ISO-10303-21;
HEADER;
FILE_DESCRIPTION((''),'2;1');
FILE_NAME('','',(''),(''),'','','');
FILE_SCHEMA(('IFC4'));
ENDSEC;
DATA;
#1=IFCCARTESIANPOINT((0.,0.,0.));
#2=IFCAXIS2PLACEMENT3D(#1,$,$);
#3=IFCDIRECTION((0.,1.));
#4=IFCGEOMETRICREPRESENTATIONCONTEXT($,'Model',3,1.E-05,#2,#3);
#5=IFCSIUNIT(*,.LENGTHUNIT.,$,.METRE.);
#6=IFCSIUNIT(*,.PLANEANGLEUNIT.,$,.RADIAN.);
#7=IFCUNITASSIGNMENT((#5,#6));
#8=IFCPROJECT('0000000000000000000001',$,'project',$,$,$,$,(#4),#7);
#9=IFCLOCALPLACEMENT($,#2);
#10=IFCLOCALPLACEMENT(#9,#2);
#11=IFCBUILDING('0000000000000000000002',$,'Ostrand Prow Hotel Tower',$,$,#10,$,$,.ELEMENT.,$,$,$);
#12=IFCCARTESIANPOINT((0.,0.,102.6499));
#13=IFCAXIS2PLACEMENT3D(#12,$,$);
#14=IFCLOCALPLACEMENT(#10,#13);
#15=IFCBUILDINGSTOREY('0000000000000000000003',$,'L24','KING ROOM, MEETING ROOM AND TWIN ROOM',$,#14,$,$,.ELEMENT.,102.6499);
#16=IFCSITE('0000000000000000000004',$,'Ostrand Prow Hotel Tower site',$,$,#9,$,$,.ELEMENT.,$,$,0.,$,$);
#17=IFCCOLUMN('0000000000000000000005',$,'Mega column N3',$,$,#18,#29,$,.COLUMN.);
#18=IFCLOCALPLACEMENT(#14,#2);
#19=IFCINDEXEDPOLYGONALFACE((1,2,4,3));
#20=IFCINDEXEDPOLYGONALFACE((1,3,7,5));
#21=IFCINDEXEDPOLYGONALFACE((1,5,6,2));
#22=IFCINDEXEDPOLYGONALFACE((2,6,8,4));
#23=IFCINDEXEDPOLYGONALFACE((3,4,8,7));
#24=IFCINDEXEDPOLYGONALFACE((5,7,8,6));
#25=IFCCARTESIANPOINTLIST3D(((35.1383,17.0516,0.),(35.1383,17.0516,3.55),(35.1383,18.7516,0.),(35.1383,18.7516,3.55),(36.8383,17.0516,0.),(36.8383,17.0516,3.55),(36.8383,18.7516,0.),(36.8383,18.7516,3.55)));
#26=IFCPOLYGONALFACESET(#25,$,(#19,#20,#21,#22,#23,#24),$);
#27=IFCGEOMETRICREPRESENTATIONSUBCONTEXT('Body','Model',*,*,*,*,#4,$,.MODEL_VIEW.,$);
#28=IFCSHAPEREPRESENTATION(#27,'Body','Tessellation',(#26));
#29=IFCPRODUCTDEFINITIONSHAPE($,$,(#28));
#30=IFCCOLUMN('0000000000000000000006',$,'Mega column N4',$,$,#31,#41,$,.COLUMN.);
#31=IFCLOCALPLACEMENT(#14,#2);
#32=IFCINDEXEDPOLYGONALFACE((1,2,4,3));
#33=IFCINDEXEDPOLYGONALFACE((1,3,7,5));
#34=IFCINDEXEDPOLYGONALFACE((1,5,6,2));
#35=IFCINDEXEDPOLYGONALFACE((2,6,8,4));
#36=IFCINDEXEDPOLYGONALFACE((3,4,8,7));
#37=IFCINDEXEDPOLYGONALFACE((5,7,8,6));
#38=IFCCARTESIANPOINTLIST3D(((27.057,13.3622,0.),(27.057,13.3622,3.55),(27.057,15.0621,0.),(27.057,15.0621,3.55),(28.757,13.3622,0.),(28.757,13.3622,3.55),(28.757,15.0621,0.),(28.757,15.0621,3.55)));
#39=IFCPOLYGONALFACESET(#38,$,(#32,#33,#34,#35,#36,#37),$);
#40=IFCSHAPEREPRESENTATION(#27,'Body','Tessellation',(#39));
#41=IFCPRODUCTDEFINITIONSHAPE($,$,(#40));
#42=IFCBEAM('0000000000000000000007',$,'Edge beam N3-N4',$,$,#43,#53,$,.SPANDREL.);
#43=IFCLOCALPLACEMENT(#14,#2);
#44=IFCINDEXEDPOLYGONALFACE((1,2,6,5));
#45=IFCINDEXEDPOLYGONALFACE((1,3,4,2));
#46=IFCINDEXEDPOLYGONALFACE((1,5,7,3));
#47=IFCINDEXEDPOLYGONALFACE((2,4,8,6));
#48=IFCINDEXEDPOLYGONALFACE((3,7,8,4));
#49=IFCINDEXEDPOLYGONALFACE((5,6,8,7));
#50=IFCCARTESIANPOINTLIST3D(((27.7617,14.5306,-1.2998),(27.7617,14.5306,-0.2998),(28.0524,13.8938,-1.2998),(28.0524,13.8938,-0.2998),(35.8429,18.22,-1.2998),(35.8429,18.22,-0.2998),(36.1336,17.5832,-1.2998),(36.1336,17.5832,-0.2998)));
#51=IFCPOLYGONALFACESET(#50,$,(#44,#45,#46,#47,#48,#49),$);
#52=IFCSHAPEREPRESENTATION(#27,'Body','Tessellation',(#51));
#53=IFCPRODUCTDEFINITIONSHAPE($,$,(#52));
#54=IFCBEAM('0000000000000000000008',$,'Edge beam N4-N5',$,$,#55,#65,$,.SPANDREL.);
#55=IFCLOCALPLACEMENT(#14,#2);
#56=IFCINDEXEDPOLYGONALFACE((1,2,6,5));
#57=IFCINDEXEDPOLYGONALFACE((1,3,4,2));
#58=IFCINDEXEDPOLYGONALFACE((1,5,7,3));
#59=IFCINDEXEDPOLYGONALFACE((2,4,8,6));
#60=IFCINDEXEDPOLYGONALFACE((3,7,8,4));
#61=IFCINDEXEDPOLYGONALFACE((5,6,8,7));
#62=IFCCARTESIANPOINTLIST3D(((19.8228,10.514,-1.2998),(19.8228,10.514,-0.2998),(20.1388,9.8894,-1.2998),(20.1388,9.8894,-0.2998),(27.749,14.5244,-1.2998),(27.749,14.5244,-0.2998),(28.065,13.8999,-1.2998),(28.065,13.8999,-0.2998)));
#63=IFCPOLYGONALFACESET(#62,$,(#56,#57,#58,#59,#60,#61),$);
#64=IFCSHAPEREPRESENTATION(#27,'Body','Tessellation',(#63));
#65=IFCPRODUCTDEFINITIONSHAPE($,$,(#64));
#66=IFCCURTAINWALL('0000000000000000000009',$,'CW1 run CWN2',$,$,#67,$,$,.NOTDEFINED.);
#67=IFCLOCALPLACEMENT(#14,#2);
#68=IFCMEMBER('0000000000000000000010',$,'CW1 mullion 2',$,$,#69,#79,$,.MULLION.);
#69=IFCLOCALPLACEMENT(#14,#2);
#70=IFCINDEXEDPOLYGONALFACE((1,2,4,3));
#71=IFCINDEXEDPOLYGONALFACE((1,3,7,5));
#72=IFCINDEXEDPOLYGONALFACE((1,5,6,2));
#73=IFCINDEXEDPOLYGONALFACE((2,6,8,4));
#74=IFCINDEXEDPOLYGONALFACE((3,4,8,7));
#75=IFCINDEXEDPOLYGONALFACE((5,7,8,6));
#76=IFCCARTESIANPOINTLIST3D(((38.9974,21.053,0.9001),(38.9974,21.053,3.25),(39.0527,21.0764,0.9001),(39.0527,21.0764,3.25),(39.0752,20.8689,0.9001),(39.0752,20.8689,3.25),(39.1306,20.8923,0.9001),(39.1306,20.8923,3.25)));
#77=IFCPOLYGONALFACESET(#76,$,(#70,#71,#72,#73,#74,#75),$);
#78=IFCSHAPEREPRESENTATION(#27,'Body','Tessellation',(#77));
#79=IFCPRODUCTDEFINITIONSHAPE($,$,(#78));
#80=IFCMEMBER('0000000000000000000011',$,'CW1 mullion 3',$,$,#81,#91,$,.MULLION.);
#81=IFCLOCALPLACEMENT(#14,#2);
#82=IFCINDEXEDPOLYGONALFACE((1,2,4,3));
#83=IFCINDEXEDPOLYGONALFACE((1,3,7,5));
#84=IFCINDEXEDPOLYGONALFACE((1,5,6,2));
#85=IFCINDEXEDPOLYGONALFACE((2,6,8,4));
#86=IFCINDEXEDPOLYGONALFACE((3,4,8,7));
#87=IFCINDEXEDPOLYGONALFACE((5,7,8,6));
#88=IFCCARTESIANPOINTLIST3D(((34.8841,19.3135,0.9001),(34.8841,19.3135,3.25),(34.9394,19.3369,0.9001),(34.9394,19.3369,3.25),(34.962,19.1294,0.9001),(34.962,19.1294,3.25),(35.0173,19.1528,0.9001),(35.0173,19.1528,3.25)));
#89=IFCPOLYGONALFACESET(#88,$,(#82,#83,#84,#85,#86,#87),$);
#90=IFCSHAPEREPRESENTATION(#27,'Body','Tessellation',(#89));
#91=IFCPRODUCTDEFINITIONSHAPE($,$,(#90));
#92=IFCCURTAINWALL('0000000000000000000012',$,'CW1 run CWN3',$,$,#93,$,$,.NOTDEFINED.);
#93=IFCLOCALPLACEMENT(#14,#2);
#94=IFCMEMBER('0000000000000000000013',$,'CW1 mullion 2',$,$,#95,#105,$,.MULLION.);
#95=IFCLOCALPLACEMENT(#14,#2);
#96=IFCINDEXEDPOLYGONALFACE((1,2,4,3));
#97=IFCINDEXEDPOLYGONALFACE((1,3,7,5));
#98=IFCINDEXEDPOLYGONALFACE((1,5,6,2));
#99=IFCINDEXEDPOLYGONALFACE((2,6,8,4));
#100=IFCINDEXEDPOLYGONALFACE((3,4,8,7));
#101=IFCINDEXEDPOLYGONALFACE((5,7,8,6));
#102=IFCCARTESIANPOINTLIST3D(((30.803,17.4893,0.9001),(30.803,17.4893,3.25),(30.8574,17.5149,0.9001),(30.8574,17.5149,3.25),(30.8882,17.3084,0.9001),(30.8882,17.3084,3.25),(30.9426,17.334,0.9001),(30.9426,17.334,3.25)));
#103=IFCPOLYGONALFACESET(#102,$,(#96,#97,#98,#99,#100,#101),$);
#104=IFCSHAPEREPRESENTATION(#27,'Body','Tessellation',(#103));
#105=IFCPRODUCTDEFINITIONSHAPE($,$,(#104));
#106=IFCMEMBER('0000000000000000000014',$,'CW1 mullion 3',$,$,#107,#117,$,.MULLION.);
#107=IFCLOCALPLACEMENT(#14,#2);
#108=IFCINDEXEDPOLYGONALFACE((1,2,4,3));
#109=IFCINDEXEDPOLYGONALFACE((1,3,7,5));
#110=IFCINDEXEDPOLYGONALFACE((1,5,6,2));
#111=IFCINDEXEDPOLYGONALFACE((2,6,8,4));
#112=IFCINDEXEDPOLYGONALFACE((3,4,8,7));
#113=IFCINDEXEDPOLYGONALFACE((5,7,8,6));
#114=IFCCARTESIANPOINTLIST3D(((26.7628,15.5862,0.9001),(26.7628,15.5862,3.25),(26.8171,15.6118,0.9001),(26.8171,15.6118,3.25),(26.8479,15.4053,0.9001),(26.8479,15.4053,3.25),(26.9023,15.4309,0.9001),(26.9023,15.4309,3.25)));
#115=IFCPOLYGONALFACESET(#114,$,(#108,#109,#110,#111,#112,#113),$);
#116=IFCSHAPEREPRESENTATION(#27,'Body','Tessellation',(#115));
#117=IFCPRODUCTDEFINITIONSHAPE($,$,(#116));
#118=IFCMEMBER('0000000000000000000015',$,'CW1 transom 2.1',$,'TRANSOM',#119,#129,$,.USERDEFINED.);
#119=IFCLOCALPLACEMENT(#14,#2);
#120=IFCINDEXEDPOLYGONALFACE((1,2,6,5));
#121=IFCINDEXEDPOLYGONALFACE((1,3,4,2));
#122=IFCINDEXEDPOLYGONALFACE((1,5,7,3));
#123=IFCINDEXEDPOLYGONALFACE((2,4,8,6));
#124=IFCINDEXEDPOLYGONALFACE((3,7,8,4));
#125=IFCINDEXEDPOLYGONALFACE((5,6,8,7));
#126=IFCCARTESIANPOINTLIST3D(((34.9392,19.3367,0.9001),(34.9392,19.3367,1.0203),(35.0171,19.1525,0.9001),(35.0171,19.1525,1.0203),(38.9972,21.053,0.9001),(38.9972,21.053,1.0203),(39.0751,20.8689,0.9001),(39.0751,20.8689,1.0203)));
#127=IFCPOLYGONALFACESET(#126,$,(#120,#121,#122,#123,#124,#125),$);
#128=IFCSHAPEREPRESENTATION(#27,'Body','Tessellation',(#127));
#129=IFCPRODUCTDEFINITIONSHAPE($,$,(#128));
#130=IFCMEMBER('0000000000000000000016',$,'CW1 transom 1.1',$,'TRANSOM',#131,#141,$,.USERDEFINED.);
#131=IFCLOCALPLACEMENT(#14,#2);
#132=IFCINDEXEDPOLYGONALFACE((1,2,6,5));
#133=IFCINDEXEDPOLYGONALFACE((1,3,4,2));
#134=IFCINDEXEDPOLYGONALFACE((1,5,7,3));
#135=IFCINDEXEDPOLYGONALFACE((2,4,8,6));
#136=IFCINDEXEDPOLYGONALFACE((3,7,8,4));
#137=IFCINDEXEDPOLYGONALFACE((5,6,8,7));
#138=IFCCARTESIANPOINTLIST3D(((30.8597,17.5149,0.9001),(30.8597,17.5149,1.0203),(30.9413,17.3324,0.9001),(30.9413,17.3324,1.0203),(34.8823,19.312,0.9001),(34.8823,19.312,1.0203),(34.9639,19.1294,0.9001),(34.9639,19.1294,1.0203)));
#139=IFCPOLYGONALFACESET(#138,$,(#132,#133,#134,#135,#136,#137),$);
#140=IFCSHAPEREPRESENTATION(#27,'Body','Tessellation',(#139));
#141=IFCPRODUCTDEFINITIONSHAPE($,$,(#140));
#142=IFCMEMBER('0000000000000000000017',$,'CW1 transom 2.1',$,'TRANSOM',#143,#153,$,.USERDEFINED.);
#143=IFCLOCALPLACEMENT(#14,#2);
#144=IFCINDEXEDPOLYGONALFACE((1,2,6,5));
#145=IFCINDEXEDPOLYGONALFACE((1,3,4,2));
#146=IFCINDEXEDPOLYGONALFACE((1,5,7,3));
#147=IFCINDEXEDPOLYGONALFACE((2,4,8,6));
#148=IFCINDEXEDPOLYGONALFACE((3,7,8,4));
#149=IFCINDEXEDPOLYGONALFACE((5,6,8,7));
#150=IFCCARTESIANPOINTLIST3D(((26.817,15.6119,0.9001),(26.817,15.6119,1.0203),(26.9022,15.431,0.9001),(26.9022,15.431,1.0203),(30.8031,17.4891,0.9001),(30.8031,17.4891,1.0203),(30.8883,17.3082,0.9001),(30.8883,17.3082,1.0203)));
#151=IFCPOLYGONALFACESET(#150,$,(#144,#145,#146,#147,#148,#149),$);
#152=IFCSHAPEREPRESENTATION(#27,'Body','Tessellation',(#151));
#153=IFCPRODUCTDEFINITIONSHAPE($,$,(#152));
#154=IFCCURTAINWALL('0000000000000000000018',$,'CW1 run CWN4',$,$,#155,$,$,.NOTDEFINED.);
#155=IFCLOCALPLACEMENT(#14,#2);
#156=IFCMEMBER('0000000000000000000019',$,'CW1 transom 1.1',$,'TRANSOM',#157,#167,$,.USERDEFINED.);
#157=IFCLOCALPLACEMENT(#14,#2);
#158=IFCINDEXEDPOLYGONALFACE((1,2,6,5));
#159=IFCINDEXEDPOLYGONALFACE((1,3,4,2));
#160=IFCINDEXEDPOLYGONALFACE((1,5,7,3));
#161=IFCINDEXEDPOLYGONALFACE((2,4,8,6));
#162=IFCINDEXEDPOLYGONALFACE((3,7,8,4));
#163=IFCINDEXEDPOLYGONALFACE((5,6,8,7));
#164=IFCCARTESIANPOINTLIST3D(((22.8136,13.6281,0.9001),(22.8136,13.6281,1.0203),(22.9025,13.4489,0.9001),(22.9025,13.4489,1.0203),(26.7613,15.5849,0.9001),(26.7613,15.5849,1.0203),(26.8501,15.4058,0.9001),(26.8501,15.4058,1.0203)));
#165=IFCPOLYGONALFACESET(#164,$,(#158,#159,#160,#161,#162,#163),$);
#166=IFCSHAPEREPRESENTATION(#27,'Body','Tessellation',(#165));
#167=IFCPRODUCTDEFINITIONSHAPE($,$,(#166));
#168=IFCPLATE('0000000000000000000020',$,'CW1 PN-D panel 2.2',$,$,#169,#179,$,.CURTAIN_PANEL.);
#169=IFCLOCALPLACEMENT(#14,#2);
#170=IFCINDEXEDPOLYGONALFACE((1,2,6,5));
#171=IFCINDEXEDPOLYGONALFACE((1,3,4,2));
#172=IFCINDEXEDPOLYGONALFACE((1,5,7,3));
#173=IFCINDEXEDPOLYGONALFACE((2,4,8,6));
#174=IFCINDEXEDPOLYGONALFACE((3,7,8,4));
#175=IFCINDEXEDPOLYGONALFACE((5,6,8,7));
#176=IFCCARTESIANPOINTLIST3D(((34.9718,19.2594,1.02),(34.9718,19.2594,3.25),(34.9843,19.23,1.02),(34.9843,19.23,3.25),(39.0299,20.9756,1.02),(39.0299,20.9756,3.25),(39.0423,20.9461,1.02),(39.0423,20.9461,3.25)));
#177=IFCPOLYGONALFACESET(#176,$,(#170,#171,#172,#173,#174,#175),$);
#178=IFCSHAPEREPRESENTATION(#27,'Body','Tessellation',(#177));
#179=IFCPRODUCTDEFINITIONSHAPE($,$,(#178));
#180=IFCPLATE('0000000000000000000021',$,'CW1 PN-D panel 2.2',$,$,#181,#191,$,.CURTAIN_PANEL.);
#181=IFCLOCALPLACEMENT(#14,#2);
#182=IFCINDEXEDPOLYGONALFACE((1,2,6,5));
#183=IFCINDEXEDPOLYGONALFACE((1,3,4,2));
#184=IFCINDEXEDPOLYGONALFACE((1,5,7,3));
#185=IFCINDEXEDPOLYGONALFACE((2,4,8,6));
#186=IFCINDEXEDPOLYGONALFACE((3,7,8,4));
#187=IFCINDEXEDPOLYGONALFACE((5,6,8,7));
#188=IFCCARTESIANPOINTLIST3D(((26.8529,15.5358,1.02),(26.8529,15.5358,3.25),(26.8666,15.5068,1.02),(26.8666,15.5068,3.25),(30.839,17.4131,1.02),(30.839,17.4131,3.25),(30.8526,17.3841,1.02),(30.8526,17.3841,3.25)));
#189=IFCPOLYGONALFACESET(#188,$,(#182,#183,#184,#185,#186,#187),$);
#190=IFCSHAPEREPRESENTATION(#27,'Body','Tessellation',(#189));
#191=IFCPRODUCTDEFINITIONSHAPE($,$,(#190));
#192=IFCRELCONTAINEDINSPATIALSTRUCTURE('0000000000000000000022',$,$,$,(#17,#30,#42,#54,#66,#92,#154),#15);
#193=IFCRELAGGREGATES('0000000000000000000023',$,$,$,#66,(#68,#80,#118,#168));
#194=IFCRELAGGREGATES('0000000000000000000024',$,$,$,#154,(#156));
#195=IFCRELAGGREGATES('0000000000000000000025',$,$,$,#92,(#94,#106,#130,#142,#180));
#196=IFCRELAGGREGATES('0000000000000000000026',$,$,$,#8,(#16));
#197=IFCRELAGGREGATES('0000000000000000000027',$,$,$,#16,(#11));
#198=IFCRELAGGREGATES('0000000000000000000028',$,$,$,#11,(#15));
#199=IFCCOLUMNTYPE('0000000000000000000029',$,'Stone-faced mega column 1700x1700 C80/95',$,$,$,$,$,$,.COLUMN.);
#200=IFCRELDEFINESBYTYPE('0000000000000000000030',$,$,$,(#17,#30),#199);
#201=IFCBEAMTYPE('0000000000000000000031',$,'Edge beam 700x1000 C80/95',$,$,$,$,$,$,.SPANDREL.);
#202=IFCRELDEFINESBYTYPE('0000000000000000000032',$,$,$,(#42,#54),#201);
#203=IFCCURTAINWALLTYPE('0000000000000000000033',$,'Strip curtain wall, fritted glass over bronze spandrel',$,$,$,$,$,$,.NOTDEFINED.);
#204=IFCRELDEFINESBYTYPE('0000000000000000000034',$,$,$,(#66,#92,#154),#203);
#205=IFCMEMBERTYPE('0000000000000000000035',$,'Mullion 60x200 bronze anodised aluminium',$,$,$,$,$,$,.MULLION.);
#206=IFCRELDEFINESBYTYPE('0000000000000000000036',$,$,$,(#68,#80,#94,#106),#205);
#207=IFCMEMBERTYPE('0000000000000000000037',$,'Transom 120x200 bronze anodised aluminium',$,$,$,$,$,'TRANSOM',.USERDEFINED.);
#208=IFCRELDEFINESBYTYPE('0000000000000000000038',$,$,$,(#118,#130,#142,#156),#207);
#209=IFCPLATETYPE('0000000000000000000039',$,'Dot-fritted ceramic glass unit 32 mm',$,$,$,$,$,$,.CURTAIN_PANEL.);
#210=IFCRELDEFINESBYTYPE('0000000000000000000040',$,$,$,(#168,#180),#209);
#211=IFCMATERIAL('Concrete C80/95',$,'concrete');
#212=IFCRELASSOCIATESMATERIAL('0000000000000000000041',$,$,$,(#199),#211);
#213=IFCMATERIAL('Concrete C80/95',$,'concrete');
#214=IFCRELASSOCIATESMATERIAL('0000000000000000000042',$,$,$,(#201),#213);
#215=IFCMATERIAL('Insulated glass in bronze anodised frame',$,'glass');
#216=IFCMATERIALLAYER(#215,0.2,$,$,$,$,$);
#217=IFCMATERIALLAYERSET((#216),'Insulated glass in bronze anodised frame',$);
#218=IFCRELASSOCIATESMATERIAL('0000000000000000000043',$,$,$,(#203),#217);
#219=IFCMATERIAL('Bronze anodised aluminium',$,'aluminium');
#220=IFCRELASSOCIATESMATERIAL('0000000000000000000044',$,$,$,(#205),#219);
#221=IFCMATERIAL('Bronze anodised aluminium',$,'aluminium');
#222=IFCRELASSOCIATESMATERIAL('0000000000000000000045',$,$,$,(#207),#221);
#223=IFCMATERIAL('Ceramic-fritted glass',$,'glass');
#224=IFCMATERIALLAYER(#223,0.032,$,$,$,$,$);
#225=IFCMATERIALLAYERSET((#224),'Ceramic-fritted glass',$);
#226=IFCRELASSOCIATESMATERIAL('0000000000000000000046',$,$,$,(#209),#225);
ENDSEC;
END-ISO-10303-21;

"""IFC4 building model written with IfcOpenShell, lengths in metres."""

from ifc_helpers import new_model, si_unit, direction, frame, origin, origin_2d, place, context, subcontext, project, spatial, rectangle, extrude, material, layer, layer_set, material_profile, profile_set, type_object, element, aggregate, save


model = new_model("IFC4")

# Units and contexts
model_context = context("Model", 3, precision=1e-05, world=origin(), true_north=direction((0.0, 1.0)))
body_context = subcontext(model_context, "Body", "Model", "MODEL_VIEW")
ifc_project = project(units=[si_unit("LENGTHUNIT", "METRE"), si_unit("PLANEANGLEUNIT", "RADIAN")], contexts=[model_context])

# Site, building, storey
site_placement = place(None, origin())
site = spatial("IfcSite", under=ifc_project, at=site_placement, Name="Ostrand Prow Hotel Tower site", CompositionType="ELEMENT", RefElevation=0.0)
building_placement = place(site_placement, origin())
building = spatial("IfcBuilding", under=site, at=building_placement, Name="Ostrand Prow Hotel Tower", CompositionType="ELEMENT")
storey_placement = place(building_placement, frame((0.0, 0.0, 102.6499)))
storey = spatial("IfcBuildingStorey", under=building, at=storey_placement, Name="L24", Description="KING ROOM, MEETING ROOM AND TWIN ROOM", CompositionType="ELEMENT", Elevation=102.6499)

# Columns
ifc_material_1 = material(Name="Concrete C80/95", Category="concrete")
ifc_material_profile_1 = material_profile(ifc_material_1, rectangle(XDim=1.7, YDim=1.7, at=origin_2d()), Name="RC 1700x1700")
ifc_profile_set_1 = profile_set([ifc_material_profile_1], Name="Concrete C80/95")
column_type = type_object("IfcColumnType", Name="Stone-faced mega column 1700x1700 C80/95", PredefinedType="COLUMN", material=ifc_profile_set_1)
for number, where, z_axis, x_axis, name in (
    (1, (35.9883, 17.9016, 0.0), (0.0, 0.0, 1.0), (1.0, 0.0, 0.0), "Mega column N3"),
    (2, (27.907, 14.2122, 0.0), (0.0, 0.0, 1.0), (1.0, 0.0, 0.0), "Mega column N4"),
):
    element("IfcColumn", number, at=place(storey_placement, frame(where, z_axis=z_axis, x_axis=x_axis)), inside=storey, type_object=column_type, Name=name, PredefinedType="COLUMN", context=body_context, shape_type="SweptSolid", body=[
        extrude(rectangle(XDim=1.7, YDim=1.7, at=origin_2d()), origin(), (0.0, 0.0, 1.0), 3.55),
    ])

# Beams
ifc_material_2 = material(Name="Concrete C80/95", Category="concrete")
ifc_material_profile_2 = material_profile(ifc_material_2, rectangle(XDim=0.7, YDim=1.0, at=origin_2d()), Name="RC 700x1000")
ifc_profile_set_2 = profile_set([ifc_material_profile_2], Name="Concrete C80/95")
beam_type = type_object("IfcBeamType", Name="Edge beam 700x1000 C80/95", PredefinedType="SPANDREL", material=ifc_profile_set_2)
beam_1_placement = place(storey_placement, frame((35.9883, 17.9016, -0.7998), z_axis=(-0.909681, -0.415308, 0.0), x_axis=(0.415308, -0.909681, 0.0)))
element("IfcBeam", 3, at=beam_1_placement, inside=storey, type_object=beam_type, Name="Edge beam N3-N4", PredefinedType="SPANDREL", context=body_context, shape_type="SweptSolid", body=[
    extrude(rectangle(XDim=0.7, YDim=1.0, at=origin_2d()), origin(), (0.0, 0.0, 1.0), 8.8835),
])
beam_2_placement = place(storey_placement, frame((27.907, 14.2122, -0.7998), z_axis=(-0.892284, -0.451474, 0.0), x_axis=(0.451474, -0.892284, 0.0)))
element("IfcBeam", 4, at=beam_2_placement, inside=storey, type_object=beam_type, Name="Edge beam N4-N5", PredefinedType="SPANDREL", context=body_context, shape_type="SweptSolid", body=[
    extrude(rectangle(XDim=0.7, YDim=1.0, at=origin_2d()), origin(), (0.0, 0.0, 1.0), 8.8831),
])

# Curtain walls, members
ifc_material_3 = material(Name="Insulated glass in bronze anodised frame", Category="glass")
ifc_layer_1 = layer(ifc_material_3, 0.2)
ifc_layer_set_1 = layer_set([ifc_layer_1], Name="Insulated glass in bronze anodised frame")
curtain_wall_type = type_object("IfcCurtainWallType", Name="Strip curtain wall, fritted glass over bronze spandrel", PredefinedType="NOTDEFINED", material=ifc_layer_set_1)
curtain_wall_1_placement = place(storey_placement, origin())
curtain_wall_1 = element("IfcCurtainWall", 5, at=curtain_wall_1_placement, inside=storey, type_object=curtain_wall_type, Name="CW1 run CWN2", PredefinedType="NOTDEFINED")
ifc_material_4 = material(Name="Bronze anodised aluminium", Category="aluminium")
ifc_material_profile_3 = material_profile(ifc_material_4, rectangle(XDim=0.2, YDim=0.0601, at=origin_2d()), Name="Mullion 60x200 bronze anodised aluminium")
ifc_profile_set_3 = profile_set([ifc_material_profile_3], Name="Bronze anodised aluminium")
member_type_1 = type_object("IfcMemberType", Name="Mullion 60x200 bronze anodised aluminium", PredefinedType="MULLION", material=ifc_profile_set_3)
member_1_placement = place(storey_placement, frame((39.064, 20.9727, 0.9001), z_axis=(0.0, 0.0, 1.0), x_axis=(0.389507, -0.921024, 0.0)))
member_1 = element("IfcMember", 6, at=member_1_placement, type_object=member_type_1, Name="CW1 mullion 2", PredefinedType="MULLION", context=body_context, shape_type="SweptSolid", body=[
    extrude(rectangle(XDim=0.2, YDim=0.0601, at=origin_2d()), origin(), (0.0, 0.0, 1.0), 2.3499),
])
member_2_placement = place(storey_placement, frame((34.9507, 19.2332, 0.9001), z_axis=(0.0, 0.0, 1.0), x_axis=(0.389507, -0.921024, 0.0)))
member_2 = element("IfcMember", 7, at=member_2_placement, type_object=member_type_1, Name="CW1 mullion 3", PredefinedType="MULLION", context=body_context, shape_type="SweptSolid", body=[
    extrude(rectangle(XDim=0.2, YDim=0.0601, at=origin_2d()), origin(), (0.0, 0.0, 1.0), 2.3499),
])
curtain_wall_2_placement = place(storey_placement, origin())
curtain_wall_2 = element("IfcCurtainWall", 8, at=curtain_wall_2_placement, inside=storey, type_object=curtain_wall_type, Name="CW1 run CWN3", PredefinedType="NOTDEFINED")
member_3_placement = place(storey_placement, frame((30.8728, 17.4116, 0.9001), z_axis=(0.0, 0.0, 1.0), x_axis=(0.426079, -0.904686, 0.0)))
member_3 = element("IfcMember", 9, at=member_3_placement, type_object=member_type_1, Name="CW1 mullion 2", PredefinedType="MULLION", context=body_context, shape_type="SweptSolid", body=[
    extrude(rectangle(XDim=0.2, YDim=0.0601, at=origin_2d()), origin(), (0.0, 0.0, 1.0), 2.3499),
])
member_4_placement = place(storey_placement, frame((26.8325, 15.5085, 0.9001), z_axis=(0.0, 0.0, 1.0), x_axis=(0.426079, -0.904686, 0.0)))
member_4 = element("IfcMember", 10, at=member_4_placement, type_object=member_type_1, Name="CW1 mullion 3", PredefinedType="MULLION", context=body_context, shape_type="SweptSolid", body=[
    extrude(rectangle(XDim=0.2, YDim=0.0601, at=origin_2d()), origin(), (0.0, 0.0, 1.0), 2.3499),
])

# Members
ifc_material_5 = material(Name="Bronze anodised aluminium", Category="aluminium")
ifc_material_profile_4 = material_profile(ifc_material_5, rectangle(XDim=0.2, YDim=0.1201, at=origin_2d()), Name="Transom 120x200 bronze anodised aluminium")
ifc_profile_set_4 = profile_set([ifc_material_profile_4], Name="Bronze anodised aluminium")
member_type_2 = type_object("IfcMemberType", Name="Transom 120x200 bronze anodised aluminium", ElementType="TRANSOM", PredefinedType="USERDEFINED", material=ifc_profile_set_4)
member_5_placement = place(storey_placement, frame((39.0361, 20.9609, 0.9602), z_axis=(-0.921006, -0.389548, 0.0), x_axis=(0.389548, -0.921006, 0.0)))
member_5 = element("IfcMember", 11, at=member_5_placement, type_object=member_type_2, Name="CW1 transom 2.1", ObjectType="TRANSOM", PredefinedType="USERDEFINED", context=body_context, shape_type="SweptSolid", body=[
    extrude(rectangle(XDim=0.2, YDim=0.1201, at=origin_2d()), origin(), (0.0, 0.0, 1.0), 4.406),
])
member_6_placement = place(storey_placement, frame((34.9231, 19.2207, 0.9602), z_axis=(-0.913031, -0.407891, 0.0), x_axis=(0.407891, -0.913031, 0.0)))
member_6 = element("IfcMember", 12, at=member_6_placement, type_object=member_type_2, Name="CW1 transom 1.1", ObjectType="TRANSOM", PredefinedType="USERDEFINED", context=body_context, shape_type="SweptSolid", body=[
    extrude(rectangle(XDim=0.2, YDim=0.1201, at=origin_2d()), origin(), (0.0, 0.0, 1.0), 4.4058),
])
member_7_placement = place(storey_placement, frame((30.8457, 17.3987, 0.9602), z_axis=(-0.904697, -0.426056, 0.0), x_axis=(0.426056, -0.904697, 0.0)))
member_7 = element("IfcMember", 13, at=member_7_placement, type_object=member_type_2, Name="CW1 transom 2.1", ObjectType="TRANSOM", PredefinedType="USERDEFINED", context=body_context, shape_type="SweptSolid", body=[
    extrude(rectangle(XDim=0.2, YDim=0.1201, at=origin_2d()), origin(), (0.0, 0.0, 1.0), 4.406),
])

# Curtain wall, member
curtain_wall_3_placement = place(storey_placement, origin())
curtain_wall_3 = element("IfcCurtainWall", 14, at=curtain_wall_3_placement, inside=storey, type_object=curtain_wall_type, Name="CW1 run CWN4", PredefinedType="NOTDEFINED")
member_8_placement = place(storey_placement, frame((26.8057, 15.4954, 0.9602), z_axis=(-0.895962, -0.44413, 0.0), x_axis=(0.44413, -0.895962, 0.0)))
member_8 = element("IfcMember", 15, at=member_8_placement, type_object=member_type_2, Name="CW1 transom 1.1", ObjectType="TRANSOM", PredefinedType="USERDEFINED", context=body_context, shape_type="SweptSolid", body=[
    extrude(rectangle(XDim=0.2, YDim=0.1201, at=origin_2d()), origin(), (0.0, 0.0, 1.0), 4.406),
])

# Plates
ifc_material_6 = material(Name="Ceramic-fritted glass", Category="glass")
ifc_layer_2 = layer(ifc_material_6, 0.032)
ifc_layer_set_2 = layer_set([ifc_layer_2], Name="Ceramic-fritted glass")
plate_type_1 = type_object("IfcPlateType", Name="Dot-fritted ceramic glass unit 32 mm", PredefinedType="CURTAIN_PANEL", material=ifc_layer_set_2)
plate_1_placement = place(storey_placement, frame((37.0071, 20.1028, 1.02), z_axis=(0.0, 0.0, 1.0), x_axis=(-0.921024, -0.389507, 0.0)))
plate_1 = element("IfcPlate", 16, at=plate_1_placement, type_object=plate_type_1, Name="CW1 PN-D panel 2.2", PredefinedType="CURTAIN_PANEL", context=body_context, shape_type="SweptSolid", body=[
    extrude(rectangle(XDim=4.406, YDim=0.032, at=origin_2d()), origin(), (0.0, 0.0, 1.0), 2.23),
])
aggregate(curtain_wall_1, [member_1, member_2, member_5, plate_1])
plate_2_placement = place(storey_placement, frame((28.8528, 16.46, 1.02), z_axis=(0.0, 0.0, 1.0), x_axis=(-0.904686, -0.426079, 0.0)))
plate_2 = element("IfcPlate", 17, at=plate_2_placement, type_object=plate_type_1, Name="CW1 PN-D panel 2.2", PredefinedType="CURTAIN_PANEL", context=body_context, shape_type="SweptSolid", body=[
    extrude(rectangle(XDim=4.406, YDim=0.032, at=origin_2d()), origin(), (0.0, 0.0, 1.0), 2.23),
])
aggregate(curtain_wall_3, [member_8])
aggregate(curtain_wall_2, [member_3, member_4, member_6, member_7, plate_2])

save(model, "model.ifc")
